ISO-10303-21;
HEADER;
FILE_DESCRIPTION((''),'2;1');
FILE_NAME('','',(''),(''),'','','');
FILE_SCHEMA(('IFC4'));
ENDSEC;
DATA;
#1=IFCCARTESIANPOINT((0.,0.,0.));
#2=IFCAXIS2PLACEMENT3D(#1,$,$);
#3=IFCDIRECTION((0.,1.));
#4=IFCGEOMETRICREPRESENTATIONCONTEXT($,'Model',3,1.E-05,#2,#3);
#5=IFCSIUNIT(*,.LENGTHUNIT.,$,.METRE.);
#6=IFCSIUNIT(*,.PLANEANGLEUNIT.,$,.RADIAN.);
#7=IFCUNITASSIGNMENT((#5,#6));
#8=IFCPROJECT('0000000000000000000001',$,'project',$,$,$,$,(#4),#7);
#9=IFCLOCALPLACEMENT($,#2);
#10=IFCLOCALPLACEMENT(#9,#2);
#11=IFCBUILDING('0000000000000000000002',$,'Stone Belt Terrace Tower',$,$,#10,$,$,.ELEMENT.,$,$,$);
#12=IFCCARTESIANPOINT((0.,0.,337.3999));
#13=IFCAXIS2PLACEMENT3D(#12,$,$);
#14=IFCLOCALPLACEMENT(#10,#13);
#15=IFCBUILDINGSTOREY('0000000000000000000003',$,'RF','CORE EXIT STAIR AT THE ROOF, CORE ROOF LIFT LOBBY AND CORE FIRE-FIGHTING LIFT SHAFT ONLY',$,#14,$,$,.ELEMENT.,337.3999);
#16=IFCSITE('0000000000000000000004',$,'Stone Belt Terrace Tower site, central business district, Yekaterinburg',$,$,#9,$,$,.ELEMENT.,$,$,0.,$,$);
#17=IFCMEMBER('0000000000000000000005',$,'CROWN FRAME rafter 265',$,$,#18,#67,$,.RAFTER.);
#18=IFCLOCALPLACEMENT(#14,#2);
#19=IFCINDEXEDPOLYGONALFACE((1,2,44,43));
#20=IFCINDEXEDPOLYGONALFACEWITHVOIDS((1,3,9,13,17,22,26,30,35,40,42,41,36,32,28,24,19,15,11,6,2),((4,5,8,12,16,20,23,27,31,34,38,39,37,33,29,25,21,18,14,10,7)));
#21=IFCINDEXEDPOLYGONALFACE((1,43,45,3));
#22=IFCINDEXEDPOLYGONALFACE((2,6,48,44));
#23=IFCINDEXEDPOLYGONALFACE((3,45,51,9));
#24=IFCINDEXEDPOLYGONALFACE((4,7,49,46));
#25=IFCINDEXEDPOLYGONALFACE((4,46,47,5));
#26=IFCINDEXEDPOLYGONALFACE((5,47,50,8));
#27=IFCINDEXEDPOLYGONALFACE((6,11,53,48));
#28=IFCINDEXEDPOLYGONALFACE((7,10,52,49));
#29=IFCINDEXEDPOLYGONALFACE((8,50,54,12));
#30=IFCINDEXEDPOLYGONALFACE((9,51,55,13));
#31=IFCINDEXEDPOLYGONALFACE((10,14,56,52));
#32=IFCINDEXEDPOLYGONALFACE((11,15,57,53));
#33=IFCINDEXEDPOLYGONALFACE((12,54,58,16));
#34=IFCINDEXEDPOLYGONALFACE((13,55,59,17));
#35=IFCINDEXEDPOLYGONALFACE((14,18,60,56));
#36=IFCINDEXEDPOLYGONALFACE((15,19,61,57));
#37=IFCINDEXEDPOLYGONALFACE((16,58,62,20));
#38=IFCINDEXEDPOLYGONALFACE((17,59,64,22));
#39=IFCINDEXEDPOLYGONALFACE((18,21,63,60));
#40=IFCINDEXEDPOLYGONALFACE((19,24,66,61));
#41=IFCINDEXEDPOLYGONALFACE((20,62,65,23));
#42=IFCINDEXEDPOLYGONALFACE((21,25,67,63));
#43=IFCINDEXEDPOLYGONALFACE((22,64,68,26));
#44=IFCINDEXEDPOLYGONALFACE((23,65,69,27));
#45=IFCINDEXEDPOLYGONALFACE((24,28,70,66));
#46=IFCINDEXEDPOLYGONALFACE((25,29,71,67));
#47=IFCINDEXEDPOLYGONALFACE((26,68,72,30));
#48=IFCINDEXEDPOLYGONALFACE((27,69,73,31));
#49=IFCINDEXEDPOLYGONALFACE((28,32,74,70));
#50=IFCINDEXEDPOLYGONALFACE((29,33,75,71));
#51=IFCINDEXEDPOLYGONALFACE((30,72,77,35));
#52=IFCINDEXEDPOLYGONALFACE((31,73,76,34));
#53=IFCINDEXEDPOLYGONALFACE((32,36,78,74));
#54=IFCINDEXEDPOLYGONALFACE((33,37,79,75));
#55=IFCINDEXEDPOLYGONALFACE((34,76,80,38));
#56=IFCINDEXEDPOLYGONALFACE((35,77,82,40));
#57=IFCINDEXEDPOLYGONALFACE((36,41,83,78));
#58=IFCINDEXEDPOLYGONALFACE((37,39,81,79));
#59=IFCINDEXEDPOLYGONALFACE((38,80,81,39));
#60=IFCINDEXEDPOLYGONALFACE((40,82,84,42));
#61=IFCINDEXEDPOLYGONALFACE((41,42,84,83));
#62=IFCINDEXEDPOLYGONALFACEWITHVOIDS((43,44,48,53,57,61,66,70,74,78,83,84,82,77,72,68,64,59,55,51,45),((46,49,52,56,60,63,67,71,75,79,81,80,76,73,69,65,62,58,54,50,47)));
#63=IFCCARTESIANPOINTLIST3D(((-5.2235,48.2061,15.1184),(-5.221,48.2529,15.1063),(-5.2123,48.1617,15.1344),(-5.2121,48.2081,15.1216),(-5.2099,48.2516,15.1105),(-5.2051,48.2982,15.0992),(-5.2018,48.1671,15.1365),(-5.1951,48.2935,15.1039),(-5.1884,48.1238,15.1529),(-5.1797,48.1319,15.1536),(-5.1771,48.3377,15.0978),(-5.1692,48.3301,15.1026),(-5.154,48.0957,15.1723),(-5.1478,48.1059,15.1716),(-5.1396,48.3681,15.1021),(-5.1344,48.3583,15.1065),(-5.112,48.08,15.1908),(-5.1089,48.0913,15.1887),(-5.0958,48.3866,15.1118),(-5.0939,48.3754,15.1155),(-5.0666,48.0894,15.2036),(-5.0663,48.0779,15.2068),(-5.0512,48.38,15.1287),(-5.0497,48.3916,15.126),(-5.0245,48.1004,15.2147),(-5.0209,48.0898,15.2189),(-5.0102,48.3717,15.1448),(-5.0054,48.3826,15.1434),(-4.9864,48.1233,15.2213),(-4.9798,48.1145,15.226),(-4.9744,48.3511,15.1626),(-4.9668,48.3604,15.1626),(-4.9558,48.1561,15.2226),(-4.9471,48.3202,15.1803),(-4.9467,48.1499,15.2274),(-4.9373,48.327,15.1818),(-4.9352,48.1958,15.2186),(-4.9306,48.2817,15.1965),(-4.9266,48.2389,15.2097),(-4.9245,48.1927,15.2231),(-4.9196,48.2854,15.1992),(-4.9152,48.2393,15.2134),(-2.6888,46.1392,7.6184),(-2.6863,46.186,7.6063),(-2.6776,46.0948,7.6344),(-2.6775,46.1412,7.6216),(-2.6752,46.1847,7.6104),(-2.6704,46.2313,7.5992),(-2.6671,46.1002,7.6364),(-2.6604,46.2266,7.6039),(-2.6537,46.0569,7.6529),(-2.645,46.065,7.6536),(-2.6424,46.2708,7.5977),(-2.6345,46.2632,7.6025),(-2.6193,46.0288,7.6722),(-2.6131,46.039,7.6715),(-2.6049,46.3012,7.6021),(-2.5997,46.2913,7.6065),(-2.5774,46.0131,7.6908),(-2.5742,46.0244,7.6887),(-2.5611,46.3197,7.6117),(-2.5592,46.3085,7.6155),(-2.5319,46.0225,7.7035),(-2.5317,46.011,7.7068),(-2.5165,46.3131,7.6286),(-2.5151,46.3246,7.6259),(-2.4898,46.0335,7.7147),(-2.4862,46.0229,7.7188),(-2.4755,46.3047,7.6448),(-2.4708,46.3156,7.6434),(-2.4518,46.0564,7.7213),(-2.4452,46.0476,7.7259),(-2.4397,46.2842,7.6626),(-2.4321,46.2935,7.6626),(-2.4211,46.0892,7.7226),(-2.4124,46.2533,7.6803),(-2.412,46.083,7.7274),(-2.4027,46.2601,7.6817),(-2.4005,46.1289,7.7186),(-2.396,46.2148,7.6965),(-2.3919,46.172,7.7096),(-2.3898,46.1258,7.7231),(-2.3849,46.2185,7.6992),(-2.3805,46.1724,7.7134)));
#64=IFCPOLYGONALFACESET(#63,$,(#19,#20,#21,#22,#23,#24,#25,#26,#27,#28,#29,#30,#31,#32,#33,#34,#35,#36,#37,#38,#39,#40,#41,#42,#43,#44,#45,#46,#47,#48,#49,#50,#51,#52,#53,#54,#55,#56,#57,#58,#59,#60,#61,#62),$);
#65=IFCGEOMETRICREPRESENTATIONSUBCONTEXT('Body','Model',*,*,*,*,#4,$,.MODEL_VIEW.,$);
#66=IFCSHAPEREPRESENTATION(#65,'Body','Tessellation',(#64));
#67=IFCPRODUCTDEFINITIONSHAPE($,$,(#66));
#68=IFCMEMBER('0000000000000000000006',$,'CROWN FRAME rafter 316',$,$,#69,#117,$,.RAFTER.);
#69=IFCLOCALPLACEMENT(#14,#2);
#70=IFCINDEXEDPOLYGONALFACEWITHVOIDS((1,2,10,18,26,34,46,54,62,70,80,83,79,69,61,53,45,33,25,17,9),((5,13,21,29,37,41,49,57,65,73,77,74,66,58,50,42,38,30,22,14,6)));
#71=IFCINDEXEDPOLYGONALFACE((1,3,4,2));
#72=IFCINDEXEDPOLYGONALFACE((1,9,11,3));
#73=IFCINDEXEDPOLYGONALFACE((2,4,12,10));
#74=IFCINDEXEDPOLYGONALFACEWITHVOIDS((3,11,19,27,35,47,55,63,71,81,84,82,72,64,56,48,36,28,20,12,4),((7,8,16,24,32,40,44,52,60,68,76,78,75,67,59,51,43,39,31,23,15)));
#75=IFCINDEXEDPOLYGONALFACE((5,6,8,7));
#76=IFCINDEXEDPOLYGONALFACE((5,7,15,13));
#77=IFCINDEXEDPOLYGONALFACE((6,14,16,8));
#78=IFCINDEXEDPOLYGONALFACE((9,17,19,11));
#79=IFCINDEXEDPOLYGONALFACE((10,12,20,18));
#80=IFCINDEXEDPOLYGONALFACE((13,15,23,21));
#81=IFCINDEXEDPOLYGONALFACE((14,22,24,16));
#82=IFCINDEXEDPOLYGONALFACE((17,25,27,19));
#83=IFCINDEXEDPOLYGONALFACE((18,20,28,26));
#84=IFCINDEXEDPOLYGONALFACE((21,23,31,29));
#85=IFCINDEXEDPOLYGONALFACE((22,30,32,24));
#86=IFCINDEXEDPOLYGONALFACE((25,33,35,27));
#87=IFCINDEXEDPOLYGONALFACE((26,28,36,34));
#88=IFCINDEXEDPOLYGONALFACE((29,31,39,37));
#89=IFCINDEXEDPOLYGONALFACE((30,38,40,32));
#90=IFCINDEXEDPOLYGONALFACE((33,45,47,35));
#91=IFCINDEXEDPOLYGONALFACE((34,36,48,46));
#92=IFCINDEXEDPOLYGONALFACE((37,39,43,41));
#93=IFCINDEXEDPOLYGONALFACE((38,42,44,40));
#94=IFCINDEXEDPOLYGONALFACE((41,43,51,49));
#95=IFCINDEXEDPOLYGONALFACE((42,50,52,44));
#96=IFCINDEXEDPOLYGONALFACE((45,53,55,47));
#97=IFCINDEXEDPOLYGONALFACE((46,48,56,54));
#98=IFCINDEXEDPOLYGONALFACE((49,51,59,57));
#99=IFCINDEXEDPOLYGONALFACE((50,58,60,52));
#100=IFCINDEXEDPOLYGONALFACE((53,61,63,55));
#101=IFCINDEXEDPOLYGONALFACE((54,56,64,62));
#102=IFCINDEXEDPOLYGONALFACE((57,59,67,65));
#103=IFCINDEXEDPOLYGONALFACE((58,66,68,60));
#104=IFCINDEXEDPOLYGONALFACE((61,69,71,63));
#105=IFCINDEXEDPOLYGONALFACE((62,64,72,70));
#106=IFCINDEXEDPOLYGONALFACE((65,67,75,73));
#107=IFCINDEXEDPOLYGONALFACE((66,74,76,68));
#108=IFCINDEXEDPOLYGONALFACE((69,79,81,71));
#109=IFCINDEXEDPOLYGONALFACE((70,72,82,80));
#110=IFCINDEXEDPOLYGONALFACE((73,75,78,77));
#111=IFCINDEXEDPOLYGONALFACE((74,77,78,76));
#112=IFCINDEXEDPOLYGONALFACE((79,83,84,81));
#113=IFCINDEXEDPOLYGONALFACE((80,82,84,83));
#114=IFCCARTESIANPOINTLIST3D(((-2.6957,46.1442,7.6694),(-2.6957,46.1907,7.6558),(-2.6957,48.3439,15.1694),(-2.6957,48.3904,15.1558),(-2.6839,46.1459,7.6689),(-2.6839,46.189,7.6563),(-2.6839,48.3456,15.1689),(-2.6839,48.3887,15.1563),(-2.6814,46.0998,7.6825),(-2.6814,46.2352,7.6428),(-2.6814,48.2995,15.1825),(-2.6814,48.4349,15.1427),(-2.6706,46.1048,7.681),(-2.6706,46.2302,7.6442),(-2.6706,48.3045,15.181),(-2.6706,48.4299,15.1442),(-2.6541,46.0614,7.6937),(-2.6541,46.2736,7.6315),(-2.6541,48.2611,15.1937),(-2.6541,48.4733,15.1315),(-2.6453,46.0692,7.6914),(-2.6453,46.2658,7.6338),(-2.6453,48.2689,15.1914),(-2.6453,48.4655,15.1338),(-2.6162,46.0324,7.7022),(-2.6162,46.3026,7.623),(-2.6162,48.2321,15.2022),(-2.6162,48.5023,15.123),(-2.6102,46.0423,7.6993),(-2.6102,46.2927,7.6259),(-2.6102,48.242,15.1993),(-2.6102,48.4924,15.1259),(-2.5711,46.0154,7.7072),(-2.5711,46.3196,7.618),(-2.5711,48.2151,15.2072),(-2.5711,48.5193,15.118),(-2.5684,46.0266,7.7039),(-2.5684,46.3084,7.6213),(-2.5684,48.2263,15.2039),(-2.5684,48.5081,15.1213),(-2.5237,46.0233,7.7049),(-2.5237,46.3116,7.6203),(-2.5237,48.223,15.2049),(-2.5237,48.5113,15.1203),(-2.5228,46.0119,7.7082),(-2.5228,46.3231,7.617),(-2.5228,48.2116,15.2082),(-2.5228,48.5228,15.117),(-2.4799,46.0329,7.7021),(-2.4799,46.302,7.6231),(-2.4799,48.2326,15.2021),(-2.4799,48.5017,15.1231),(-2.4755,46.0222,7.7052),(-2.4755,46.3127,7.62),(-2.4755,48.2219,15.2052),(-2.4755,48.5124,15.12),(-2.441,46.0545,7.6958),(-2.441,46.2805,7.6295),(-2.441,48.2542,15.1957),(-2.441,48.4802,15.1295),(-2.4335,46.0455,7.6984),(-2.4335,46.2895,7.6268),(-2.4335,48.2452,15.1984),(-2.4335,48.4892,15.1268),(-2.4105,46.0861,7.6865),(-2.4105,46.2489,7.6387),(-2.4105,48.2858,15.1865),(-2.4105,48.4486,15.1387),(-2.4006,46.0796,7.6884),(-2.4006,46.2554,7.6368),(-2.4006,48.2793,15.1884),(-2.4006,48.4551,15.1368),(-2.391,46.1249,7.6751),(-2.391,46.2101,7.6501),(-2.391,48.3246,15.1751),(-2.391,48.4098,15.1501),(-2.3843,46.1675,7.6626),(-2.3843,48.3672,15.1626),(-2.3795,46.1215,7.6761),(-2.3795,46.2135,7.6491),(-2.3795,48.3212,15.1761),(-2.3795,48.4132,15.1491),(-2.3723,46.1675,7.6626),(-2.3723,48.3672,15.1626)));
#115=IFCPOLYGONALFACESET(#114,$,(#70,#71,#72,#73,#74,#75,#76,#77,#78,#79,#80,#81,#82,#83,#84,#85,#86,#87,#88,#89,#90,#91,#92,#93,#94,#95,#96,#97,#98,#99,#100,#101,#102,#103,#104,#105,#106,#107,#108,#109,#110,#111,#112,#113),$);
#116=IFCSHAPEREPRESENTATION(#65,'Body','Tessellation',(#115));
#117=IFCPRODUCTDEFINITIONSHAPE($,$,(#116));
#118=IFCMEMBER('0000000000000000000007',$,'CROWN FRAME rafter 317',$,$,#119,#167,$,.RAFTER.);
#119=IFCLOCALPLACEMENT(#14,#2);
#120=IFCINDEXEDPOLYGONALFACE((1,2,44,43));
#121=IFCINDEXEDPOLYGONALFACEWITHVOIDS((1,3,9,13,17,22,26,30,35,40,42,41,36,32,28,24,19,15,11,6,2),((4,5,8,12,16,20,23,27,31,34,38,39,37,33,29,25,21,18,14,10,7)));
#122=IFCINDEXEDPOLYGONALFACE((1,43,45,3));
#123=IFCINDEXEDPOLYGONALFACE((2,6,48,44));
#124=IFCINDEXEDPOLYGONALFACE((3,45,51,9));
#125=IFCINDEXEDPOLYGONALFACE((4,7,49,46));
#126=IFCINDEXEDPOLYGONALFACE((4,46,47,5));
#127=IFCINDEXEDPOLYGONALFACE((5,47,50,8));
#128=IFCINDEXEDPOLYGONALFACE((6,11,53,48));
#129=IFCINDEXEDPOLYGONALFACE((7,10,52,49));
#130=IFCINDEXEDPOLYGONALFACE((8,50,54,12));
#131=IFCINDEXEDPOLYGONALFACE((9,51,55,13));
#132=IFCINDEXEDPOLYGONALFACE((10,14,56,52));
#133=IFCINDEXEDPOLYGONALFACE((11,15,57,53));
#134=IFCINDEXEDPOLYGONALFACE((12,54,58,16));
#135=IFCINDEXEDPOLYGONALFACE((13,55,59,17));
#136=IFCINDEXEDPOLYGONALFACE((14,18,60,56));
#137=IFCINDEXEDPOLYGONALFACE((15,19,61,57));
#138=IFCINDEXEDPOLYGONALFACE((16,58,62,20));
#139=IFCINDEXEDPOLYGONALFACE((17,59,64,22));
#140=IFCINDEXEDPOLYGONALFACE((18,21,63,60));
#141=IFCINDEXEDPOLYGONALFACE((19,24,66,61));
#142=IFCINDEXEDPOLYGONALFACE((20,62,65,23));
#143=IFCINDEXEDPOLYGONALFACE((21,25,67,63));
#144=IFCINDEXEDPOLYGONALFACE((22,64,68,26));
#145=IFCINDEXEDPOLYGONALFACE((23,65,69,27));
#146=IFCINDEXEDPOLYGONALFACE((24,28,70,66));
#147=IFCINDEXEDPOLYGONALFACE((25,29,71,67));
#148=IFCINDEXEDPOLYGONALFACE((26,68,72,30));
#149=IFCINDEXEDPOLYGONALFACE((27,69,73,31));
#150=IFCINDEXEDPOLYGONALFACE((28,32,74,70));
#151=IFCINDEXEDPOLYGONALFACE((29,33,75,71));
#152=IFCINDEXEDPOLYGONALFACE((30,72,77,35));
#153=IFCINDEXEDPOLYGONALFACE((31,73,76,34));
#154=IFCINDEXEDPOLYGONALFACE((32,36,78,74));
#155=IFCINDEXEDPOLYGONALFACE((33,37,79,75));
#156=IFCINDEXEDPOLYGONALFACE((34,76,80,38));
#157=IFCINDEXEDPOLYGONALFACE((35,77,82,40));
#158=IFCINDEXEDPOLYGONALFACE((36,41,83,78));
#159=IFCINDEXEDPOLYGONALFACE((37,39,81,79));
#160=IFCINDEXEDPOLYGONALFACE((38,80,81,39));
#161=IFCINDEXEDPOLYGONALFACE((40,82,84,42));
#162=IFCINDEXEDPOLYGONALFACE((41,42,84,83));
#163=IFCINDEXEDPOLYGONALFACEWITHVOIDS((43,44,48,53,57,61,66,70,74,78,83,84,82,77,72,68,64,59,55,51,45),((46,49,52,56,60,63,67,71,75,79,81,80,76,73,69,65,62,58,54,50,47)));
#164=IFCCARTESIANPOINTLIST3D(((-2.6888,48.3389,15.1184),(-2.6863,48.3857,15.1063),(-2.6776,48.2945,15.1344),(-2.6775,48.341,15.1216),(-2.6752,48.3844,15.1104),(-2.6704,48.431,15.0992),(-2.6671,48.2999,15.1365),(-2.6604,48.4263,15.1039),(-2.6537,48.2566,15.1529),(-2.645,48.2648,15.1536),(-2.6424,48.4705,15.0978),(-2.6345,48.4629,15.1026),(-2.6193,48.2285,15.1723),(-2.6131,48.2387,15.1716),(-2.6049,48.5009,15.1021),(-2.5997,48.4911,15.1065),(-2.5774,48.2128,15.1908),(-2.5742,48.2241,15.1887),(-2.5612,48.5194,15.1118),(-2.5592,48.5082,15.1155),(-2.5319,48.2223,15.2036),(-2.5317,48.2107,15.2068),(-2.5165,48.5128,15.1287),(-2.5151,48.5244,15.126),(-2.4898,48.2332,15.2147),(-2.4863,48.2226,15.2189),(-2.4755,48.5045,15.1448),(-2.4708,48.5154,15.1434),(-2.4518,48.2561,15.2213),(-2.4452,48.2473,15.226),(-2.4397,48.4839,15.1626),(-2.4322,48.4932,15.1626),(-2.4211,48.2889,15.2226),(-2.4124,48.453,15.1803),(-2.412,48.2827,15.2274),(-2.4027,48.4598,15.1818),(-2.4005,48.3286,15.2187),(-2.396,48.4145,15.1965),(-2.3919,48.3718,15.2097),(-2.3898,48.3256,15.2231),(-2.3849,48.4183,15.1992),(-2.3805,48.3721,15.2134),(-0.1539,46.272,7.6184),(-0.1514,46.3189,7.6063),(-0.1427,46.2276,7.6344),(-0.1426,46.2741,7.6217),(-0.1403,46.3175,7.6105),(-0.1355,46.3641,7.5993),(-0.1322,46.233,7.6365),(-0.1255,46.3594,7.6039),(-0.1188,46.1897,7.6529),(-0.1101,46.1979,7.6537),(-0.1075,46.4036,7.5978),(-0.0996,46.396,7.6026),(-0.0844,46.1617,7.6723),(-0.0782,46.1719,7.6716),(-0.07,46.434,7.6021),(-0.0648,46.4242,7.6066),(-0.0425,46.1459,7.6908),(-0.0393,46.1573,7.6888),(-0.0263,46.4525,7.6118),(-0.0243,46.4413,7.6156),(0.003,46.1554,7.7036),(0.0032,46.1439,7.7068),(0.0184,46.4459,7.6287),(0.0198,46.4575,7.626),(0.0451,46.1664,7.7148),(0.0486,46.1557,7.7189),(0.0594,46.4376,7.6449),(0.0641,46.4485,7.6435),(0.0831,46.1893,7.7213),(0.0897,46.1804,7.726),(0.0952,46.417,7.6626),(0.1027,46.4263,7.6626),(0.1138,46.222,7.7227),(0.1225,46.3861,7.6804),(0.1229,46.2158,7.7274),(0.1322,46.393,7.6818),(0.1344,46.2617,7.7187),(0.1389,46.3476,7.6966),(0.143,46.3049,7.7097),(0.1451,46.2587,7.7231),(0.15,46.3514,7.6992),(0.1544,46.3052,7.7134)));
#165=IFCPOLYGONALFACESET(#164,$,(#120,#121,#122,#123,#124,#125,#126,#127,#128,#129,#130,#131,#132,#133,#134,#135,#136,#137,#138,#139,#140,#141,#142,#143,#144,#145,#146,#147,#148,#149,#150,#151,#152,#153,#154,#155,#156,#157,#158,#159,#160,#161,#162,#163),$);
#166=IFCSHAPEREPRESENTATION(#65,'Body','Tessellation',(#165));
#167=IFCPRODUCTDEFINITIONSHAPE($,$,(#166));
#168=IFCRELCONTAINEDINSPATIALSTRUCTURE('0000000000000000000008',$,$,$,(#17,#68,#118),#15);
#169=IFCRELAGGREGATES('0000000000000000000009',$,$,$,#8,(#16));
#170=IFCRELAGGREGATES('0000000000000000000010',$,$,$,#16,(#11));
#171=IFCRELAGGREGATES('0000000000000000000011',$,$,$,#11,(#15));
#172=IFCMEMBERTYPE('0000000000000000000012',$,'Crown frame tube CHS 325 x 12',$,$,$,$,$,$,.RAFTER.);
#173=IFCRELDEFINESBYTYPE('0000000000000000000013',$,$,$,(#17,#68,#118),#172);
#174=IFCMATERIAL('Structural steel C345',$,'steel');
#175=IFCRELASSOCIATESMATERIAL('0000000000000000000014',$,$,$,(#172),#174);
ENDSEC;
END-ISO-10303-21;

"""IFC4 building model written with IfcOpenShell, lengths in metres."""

from ifc_helpers import new_model, si_unit, direction, frame, origin, origin_2d, place, context, subcontext, project, spatial, hollow_circle, extrude, material, material_profile, profile_set, type_object, element, save


model = new_model("IFC4")

# Units and contexts
model_context = context("Model", 3, precision=1e-05, world=origin(), true_north=direction((0.0, 1.0)))
body_context = subcontext(model_context, "Body", "Model", "MODEL_VIEW")
ifc_project = project(units=[si_unit("LENGTHUNIT", "METRE"), si_unit("PLANEANGLEUNIT", "RADIAN")], contexts=[model_context])

# Site, building, storey
site_placement = place(None, origin())
site = spatial("IfcSite", under=ifc_project, at=site_placement, Name="Stone Belt Terrace Tower site, central business district, Yekaterinburg", CompositionType="ELEMENT", RefElevation=0.0)
building_placement = place(site_placement, origin())
building = spatial("IfcBuilding", under=site, at=building_placement, Name="Stone Belt Terrace Tower", CompositionType="ELEMENT")
storey_placement = place(building_placement, frame((0.0, 0.0, 337.3999)))
storey = spatial("IfcBuildingStorey", under=building, at=storey_placement, Name="RF", Description="CORE EXIT STAIR AT THE ROOF, CORE ROOF LIFT LOBBY AND CORE FIRE-FIGHTING LIFT SHAFT ONLY", CompositionType="ELEMENT", Elevation=337.3999)

# Members
ifc_material_1 = material(Name="Structural steel C345", Category="steel")
ifc_material_profile_1 = material_profile(ifc_material_1, hollow_circle(Radius=0.1626, WallThickness=0.012, at=origin_2d()), Name="Structural steel C345 CHS 325x12")
ifc_profile_set_1 = profile_set([ifc_material_profile_1], Name="Structural steel C345")
member_type_1 = type_object("IfcMemberType", Name="Crown frame tube CHS 325 x 12", PredefinedType="RAFTER", material=ifc_profile_set_1)
member_1_placement = place(storey_placement, frame((-5.0696, 48.2344, 15.1626), z_axis=(0.309782, -0.252612, -0.916636), x_axis=(0.631969, 0.774994, 0.0)))
element("IfcMember", 1, at=member_1_placement, inside=storey, type_object=member_type_1, Name="CROWN FRAME rafter 265", PredefinedType="RAFTER", context=body_context, shape_type="SweptSolid", body=[
    extrude(hollow_circle(Radius=0.1626, WallThickness=0.012, at=origin_2d()), origin(), (0.0, 0.0, 1.0), 8.1821),
])
member_2_placement = place(storey_placement, frame((-2.5349, 48.3672, 15.1626), z_axis=(0.0, -0.281439, -0.959579), x_axis=(1.0, 0.0, 0.0)))
element("IfcMember", 2, at=member_2_placement, inside=storey, type_object=member_type_1, Name="CROWN FRAME rafter 316", PredefinedType="RAFTER", context=body_context, shape_type="SweptSolid", body=[
    extrude(hollow_circle(Radius=0.1626, WallThickness=0.012, at=origin_2d()), origin(), (0.0, 0.0, 1.0), 7.8159),
])
member_3_placement = place(storey_placement, frame((-2.5349, 48.3672, 15.1626), z_axis=(0.309809, -0.25261, -0.916628), x_axis=(0.631932, 0.775024, 0.0)))
element("IfcMember", 3, at=member_3_placement, inside=storey, type_object=member_type_1, Name="CROWN FRAME rafter 317", PredefinedType="RAFTER", context=body_context, shape_type="SweptSolid", body=[
    extrude(hollow_circle(Radius=0.1626, WallThickness=0.012, at=origin_2d()), origin(), (0.0, 0.0, 1.0), 8.1821),
])

save(model, "model.ifc")
